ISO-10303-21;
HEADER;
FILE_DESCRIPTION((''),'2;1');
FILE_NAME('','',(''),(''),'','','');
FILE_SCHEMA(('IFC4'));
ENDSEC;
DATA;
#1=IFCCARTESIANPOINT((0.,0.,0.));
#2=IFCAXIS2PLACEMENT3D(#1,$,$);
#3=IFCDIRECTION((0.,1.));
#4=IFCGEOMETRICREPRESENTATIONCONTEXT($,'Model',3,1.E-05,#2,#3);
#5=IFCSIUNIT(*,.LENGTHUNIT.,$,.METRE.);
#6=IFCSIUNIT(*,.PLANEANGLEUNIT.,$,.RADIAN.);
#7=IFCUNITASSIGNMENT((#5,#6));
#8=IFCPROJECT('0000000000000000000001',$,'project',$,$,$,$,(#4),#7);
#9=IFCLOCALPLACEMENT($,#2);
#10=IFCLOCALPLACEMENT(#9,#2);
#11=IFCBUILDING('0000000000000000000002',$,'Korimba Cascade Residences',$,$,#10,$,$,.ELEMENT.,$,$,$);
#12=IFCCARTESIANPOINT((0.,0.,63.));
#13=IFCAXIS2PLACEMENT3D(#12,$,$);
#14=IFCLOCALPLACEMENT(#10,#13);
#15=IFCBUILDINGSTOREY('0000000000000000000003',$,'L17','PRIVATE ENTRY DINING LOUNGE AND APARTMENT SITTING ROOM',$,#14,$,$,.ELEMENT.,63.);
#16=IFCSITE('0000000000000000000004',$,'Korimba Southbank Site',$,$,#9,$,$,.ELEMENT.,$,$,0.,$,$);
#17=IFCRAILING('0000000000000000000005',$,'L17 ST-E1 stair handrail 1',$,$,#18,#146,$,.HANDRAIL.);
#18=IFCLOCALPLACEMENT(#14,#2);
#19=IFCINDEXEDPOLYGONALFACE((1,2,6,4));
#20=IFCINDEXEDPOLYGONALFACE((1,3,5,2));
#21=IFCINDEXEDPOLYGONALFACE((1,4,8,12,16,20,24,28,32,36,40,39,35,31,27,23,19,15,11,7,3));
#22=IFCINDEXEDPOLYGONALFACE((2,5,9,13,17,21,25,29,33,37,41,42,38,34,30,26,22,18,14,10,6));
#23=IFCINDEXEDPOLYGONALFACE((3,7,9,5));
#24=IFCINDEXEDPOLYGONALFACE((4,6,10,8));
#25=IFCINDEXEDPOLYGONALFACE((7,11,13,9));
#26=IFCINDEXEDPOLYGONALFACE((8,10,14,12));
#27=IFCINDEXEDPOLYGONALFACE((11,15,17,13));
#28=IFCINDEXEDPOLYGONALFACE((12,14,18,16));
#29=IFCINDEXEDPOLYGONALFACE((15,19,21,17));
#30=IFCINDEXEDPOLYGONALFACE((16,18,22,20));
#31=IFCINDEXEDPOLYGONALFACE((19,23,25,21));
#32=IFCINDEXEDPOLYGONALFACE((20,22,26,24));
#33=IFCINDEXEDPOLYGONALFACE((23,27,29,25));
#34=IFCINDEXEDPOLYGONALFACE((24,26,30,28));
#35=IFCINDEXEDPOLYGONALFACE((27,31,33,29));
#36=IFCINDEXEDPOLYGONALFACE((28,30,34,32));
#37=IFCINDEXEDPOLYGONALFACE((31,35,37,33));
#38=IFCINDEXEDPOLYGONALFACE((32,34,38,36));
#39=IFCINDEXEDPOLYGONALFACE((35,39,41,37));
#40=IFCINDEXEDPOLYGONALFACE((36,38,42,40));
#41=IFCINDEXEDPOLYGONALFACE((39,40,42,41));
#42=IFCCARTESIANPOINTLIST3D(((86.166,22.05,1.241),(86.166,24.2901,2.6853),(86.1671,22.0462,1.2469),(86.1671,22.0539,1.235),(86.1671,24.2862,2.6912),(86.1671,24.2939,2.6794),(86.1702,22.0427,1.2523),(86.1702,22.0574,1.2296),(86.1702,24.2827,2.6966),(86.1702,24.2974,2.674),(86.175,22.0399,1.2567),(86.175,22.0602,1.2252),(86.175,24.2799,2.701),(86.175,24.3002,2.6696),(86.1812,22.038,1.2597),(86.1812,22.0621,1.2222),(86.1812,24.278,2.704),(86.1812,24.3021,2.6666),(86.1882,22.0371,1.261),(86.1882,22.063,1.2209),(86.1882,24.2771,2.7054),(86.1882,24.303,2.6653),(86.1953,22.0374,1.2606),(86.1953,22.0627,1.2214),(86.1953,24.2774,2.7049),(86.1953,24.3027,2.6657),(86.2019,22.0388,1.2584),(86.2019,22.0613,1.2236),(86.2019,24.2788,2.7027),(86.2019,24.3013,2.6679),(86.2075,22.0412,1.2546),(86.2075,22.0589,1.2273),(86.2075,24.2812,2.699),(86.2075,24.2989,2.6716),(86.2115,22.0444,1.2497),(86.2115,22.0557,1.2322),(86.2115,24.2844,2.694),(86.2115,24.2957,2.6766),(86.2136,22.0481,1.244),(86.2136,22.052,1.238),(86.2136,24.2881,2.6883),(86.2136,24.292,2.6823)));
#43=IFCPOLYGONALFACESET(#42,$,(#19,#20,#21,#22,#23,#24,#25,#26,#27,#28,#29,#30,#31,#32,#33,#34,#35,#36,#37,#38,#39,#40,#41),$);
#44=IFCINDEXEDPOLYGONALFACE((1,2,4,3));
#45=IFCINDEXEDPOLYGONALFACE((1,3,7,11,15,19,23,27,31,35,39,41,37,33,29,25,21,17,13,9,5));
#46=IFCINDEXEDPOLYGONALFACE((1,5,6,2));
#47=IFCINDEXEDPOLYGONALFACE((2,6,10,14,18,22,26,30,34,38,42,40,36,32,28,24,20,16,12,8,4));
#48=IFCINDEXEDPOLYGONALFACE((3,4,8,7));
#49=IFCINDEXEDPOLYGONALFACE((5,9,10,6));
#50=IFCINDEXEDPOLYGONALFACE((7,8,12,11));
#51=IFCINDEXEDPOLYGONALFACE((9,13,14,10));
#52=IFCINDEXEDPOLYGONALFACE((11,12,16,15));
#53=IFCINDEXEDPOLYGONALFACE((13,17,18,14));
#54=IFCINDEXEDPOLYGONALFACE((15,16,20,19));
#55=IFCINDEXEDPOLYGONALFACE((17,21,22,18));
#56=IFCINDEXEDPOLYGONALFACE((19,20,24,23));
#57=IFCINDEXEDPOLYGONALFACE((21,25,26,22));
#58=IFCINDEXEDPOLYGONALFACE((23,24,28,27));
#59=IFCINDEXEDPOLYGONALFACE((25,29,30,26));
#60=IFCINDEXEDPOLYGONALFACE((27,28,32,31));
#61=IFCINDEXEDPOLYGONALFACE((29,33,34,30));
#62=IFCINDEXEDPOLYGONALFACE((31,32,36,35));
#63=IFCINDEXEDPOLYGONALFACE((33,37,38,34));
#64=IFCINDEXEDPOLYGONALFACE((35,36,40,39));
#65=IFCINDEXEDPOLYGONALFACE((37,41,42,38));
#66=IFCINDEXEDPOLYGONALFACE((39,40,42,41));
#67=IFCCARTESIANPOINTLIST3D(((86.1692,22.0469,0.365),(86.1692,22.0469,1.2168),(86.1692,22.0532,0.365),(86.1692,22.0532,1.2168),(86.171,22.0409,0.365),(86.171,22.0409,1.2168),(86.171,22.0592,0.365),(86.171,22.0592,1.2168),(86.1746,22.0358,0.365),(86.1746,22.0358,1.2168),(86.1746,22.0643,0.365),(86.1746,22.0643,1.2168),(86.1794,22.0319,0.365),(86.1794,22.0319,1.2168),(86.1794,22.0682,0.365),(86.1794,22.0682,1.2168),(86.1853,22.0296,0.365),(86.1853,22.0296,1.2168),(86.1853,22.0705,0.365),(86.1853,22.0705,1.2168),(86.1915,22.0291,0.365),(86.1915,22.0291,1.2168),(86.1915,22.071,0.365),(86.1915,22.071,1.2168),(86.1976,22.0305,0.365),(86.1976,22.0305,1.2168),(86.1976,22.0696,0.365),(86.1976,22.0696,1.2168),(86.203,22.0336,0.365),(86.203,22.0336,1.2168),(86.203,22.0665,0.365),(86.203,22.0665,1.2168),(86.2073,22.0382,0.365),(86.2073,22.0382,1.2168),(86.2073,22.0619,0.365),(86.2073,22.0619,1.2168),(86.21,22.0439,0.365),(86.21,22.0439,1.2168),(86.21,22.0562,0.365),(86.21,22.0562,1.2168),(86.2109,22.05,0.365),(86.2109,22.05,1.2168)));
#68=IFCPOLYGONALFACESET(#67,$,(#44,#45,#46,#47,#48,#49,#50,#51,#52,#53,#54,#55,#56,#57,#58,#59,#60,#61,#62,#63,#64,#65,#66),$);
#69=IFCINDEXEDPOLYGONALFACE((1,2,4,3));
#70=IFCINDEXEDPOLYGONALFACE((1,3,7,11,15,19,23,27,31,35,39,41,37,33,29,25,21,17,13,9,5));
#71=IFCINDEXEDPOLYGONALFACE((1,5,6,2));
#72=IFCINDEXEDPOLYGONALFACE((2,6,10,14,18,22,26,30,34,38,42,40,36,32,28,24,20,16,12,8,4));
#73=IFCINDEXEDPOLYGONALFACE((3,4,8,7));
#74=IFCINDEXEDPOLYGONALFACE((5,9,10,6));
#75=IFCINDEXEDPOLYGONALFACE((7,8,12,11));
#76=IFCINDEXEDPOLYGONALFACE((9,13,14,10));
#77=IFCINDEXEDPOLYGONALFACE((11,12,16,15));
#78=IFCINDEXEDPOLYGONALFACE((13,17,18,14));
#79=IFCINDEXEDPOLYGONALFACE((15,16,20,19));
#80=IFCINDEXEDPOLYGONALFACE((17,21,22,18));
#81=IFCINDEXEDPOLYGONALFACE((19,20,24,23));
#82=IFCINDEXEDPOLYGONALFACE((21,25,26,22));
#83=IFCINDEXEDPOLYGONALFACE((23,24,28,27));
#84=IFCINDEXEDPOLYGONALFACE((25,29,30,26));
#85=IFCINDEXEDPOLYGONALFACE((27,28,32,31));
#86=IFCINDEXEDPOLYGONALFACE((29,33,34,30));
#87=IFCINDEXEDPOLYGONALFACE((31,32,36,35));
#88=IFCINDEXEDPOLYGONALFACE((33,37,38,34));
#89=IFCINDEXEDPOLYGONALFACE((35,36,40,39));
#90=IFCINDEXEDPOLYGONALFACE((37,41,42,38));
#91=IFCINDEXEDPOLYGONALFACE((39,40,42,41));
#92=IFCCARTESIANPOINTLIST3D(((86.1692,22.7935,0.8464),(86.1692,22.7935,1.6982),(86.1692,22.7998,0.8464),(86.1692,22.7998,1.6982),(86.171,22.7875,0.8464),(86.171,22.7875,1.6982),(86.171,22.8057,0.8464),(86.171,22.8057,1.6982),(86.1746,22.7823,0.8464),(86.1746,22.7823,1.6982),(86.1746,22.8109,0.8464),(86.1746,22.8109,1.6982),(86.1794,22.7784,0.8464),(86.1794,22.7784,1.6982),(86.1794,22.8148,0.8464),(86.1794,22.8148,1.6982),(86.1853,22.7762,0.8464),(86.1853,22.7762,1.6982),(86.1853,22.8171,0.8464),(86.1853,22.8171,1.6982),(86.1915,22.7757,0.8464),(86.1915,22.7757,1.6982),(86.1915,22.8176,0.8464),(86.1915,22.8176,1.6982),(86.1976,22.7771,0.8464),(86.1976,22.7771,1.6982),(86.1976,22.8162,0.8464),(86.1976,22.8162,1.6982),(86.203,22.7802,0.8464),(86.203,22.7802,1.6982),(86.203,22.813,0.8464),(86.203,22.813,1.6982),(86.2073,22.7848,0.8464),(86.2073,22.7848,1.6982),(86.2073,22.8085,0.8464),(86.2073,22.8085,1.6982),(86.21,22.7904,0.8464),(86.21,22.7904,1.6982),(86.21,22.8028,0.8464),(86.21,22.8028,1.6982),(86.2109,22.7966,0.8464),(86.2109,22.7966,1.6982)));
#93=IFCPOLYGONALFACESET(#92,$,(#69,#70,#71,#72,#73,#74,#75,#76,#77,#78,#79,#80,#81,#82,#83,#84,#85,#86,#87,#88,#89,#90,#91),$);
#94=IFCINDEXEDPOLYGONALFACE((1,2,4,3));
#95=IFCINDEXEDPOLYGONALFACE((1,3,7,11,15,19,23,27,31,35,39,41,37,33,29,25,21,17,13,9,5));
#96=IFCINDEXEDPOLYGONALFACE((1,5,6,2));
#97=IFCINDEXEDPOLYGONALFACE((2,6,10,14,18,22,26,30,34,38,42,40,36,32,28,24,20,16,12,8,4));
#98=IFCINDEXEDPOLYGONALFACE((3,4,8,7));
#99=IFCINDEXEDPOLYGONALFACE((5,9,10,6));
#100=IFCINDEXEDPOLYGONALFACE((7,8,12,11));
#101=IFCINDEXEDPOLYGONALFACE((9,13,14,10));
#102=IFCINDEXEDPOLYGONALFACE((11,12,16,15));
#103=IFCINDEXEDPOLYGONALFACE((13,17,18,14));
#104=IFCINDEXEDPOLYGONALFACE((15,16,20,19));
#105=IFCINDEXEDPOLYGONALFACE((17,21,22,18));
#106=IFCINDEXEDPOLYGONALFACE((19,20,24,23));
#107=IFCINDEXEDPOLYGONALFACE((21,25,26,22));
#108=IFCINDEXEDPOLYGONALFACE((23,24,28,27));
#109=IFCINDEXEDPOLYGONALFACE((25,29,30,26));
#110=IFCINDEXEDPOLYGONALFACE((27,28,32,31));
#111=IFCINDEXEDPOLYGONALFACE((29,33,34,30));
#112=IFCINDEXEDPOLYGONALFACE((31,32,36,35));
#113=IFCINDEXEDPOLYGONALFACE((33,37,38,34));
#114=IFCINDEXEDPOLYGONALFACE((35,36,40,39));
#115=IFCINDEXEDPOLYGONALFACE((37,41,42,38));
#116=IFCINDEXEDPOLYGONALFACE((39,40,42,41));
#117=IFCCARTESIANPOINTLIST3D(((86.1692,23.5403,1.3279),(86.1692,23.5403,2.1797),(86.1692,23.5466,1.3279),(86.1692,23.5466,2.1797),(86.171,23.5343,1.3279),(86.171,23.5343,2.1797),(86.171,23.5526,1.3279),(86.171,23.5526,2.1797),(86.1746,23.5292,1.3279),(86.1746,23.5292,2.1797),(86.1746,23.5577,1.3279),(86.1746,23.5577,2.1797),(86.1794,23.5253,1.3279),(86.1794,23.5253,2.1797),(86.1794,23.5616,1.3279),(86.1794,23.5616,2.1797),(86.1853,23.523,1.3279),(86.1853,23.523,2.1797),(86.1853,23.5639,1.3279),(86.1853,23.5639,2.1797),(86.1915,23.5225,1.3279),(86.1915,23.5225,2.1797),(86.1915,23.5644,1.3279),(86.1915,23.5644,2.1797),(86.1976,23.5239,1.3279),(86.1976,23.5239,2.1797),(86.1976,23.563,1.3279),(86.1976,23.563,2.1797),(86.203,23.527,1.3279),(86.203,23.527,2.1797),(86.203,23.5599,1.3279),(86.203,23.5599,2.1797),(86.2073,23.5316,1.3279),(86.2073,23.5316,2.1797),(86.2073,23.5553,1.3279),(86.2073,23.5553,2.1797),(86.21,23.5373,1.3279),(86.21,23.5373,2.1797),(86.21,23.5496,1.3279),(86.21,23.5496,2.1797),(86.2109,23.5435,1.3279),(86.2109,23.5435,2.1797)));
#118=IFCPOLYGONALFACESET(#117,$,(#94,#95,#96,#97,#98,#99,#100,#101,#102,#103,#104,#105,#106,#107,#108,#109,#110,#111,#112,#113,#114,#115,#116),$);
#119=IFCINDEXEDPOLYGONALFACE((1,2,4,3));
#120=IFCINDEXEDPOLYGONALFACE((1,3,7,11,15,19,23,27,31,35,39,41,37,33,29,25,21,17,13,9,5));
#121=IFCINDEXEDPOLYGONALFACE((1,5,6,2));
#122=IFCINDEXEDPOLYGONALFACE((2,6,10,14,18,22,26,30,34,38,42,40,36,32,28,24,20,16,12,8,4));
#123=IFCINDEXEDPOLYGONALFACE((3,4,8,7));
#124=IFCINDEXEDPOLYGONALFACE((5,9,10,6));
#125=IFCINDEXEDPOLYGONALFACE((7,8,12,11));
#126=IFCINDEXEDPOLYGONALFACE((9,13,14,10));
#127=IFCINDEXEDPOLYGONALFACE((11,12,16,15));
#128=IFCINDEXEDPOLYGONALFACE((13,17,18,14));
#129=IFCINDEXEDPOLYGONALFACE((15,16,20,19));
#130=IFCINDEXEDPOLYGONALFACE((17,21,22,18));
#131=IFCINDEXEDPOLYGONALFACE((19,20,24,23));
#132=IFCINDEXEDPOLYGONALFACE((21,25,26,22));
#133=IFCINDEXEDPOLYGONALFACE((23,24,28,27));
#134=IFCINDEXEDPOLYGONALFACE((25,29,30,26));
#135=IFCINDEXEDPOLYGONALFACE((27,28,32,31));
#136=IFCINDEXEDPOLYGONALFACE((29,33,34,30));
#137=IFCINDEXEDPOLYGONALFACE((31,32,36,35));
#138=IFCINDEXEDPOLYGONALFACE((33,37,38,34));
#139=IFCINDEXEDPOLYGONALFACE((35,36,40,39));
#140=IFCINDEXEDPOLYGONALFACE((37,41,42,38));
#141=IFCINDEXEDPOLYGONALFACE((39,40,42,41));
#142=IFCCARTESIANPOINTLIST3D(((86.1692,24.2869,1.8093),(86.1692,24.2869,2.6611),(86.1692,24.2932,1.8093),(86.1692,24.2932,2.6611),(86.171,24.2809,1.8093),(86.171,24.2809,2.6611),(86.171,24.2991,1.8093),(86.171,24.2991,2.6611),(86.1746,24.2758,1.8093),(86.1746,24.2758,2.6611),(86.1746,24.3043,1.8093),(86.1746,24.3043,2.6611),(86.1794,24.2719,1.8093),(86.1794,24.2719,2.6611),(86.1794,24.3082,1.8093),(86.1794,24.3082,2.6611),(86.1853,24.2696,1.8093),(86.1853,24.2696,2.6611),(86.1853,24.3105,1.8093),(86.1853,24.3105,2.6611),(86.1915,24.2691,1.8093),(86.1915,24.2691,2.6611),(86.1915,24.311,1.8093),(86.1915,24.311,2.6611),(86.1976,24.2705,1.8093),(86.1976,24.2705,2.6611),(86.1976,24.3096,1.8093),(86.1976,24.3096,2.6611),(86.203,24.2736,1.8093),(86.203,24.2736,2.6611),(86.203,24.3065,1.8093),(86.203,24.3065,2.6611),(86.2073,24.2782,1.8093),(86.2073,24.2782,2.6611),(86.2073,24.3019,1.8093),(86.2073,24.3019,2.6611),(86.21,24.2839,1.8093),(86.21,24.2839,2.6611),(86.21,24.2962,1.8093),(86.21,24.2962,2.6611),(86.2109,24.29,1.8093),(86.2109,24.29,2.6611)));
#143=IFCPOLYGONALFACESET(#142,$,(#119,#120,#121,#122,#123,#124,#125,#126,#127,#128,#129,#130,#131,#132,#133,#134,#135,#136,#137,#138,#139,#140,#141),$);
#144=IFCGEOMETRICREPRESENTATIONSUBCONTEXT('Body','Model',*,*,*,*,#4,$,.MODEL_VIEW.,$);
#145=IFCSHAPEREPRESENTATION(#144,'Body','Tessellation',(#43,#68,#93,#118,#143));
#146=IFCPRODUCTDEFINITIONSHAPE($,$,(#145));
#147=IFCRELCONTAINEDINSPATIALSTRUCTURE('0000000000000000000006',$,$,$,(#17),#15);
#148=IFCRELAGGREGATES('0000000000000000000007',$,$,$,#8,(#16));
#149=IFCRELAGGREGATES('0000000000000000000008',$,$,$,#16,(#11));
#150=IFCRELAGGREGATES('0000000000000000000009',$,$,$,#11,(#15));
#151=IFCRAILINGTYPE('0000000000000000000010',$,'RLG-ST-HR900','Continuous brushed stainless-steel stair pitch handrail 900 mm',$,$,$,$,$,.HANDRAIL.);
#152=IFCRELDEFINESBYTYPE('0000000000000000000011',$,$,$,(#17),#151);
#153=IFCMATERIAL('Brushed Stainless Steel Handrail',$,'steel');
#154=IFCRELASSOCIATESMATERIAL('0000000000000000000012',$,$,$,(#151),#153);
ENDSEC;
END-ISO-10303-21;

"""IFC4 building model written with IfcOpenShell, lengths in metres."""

from ifc_helpers import new_model, si_unit, direction, frame, origin, origin_2d, place, context, subcontext, project, spatial, circle, extrude, material, type_object, element, save


model = new_model("IFC4")

# Units and contexts
model_context = context("Model", 3, precision=1e-05, world=origin(), true_north=direction((0.0, 1.0)))
body_context = subcontext(model_context, "Body", "Model", "MODEL_VIEW")
ifc_project = project(units=[si_unit("LENGTHUNIT", "METRE"), si_unit("PLANEANGLEUNIT", "RADIAN")], contexts=[model_context])

# Site, building, storey
site_placement = place(None, origin())
site = spatial("IfcSite", under=ifc_project, at=site_placement, Name="Korimba Southbank Site", CompositionType="ELEMENT", RefElevation=0.0)
building_placement = place(site_placement, origin())
building = spatial("IfcBuilding", under=site, at=building_placement, Name="Korimba Cascade Residences", CompositionType="ELEMENT")
storey_placement = place(building_placement, frame((0.0, 0.0, 63.0)))
storey = spatial("IfcBuildingStorey", under=building, at=storey_placement, Name="L17", Description="PRIVATE ENTRY DINING LOUNGE AND APARTMENT SITTING ROOM", CompositionType="ELEMENT", Elevation=63.0)

# Railing
ifc_material_1 = material(Name="Brushed Stainless Steel Handrail", Category="steel")
railing_type_1 = type_object("IfcRailingType", Name="RLG-ST-HR900", Description="Continuous brushed stainless-steel stair pitch handrail 900 mm", PredefinedType="HANDRAIL", material=ifc_material_1)
railing_1_placement = place(storey_placement, frame((86.1899, 22.05, 0.365)))
element("IfcRailing", 1, at=railing_1_placement, inside=storey, type_object=railing_type_1, Name="L17 ST-E1 stair handrail 1", PredefinedType="HANDRAIL", context=body_context, shape_type="SweptSolid", body=[
    extrude(circle(Radius=0.0239, at=origin_2d()), frame((0.0, 0.0, 0.876), z_axis=(0.0, 0.840437, 0.54191), x_axis=(-1.0, 0.0, 0.0)), (0.0, 0.0, 1.0), 2.6653),
    extrude(circle(Radius=0.021, at=origin_2d()), origin(), (0.0, 0.0, 1.0), 0.8518),
    extrude(circle(Radius=0.021, at=origin_2d()), frame((0.0, 0.7466, 0.4814)), (0.0, 0.0, 1.0), 0.8518),
    extrude(circle(Radius=0.021, at=origin_2d()), frame((0.0, 1.4934, 0.9629)), (0.0, 0.0, 1.0), 0.8518),
    extrude(circle(Radius=0.021, at=origin_2d()), frame((0.0, 2.24, 1.4443)), (0.0, 0.0, 1.0), 0.8518),
])

save(model, "model.ifc")
